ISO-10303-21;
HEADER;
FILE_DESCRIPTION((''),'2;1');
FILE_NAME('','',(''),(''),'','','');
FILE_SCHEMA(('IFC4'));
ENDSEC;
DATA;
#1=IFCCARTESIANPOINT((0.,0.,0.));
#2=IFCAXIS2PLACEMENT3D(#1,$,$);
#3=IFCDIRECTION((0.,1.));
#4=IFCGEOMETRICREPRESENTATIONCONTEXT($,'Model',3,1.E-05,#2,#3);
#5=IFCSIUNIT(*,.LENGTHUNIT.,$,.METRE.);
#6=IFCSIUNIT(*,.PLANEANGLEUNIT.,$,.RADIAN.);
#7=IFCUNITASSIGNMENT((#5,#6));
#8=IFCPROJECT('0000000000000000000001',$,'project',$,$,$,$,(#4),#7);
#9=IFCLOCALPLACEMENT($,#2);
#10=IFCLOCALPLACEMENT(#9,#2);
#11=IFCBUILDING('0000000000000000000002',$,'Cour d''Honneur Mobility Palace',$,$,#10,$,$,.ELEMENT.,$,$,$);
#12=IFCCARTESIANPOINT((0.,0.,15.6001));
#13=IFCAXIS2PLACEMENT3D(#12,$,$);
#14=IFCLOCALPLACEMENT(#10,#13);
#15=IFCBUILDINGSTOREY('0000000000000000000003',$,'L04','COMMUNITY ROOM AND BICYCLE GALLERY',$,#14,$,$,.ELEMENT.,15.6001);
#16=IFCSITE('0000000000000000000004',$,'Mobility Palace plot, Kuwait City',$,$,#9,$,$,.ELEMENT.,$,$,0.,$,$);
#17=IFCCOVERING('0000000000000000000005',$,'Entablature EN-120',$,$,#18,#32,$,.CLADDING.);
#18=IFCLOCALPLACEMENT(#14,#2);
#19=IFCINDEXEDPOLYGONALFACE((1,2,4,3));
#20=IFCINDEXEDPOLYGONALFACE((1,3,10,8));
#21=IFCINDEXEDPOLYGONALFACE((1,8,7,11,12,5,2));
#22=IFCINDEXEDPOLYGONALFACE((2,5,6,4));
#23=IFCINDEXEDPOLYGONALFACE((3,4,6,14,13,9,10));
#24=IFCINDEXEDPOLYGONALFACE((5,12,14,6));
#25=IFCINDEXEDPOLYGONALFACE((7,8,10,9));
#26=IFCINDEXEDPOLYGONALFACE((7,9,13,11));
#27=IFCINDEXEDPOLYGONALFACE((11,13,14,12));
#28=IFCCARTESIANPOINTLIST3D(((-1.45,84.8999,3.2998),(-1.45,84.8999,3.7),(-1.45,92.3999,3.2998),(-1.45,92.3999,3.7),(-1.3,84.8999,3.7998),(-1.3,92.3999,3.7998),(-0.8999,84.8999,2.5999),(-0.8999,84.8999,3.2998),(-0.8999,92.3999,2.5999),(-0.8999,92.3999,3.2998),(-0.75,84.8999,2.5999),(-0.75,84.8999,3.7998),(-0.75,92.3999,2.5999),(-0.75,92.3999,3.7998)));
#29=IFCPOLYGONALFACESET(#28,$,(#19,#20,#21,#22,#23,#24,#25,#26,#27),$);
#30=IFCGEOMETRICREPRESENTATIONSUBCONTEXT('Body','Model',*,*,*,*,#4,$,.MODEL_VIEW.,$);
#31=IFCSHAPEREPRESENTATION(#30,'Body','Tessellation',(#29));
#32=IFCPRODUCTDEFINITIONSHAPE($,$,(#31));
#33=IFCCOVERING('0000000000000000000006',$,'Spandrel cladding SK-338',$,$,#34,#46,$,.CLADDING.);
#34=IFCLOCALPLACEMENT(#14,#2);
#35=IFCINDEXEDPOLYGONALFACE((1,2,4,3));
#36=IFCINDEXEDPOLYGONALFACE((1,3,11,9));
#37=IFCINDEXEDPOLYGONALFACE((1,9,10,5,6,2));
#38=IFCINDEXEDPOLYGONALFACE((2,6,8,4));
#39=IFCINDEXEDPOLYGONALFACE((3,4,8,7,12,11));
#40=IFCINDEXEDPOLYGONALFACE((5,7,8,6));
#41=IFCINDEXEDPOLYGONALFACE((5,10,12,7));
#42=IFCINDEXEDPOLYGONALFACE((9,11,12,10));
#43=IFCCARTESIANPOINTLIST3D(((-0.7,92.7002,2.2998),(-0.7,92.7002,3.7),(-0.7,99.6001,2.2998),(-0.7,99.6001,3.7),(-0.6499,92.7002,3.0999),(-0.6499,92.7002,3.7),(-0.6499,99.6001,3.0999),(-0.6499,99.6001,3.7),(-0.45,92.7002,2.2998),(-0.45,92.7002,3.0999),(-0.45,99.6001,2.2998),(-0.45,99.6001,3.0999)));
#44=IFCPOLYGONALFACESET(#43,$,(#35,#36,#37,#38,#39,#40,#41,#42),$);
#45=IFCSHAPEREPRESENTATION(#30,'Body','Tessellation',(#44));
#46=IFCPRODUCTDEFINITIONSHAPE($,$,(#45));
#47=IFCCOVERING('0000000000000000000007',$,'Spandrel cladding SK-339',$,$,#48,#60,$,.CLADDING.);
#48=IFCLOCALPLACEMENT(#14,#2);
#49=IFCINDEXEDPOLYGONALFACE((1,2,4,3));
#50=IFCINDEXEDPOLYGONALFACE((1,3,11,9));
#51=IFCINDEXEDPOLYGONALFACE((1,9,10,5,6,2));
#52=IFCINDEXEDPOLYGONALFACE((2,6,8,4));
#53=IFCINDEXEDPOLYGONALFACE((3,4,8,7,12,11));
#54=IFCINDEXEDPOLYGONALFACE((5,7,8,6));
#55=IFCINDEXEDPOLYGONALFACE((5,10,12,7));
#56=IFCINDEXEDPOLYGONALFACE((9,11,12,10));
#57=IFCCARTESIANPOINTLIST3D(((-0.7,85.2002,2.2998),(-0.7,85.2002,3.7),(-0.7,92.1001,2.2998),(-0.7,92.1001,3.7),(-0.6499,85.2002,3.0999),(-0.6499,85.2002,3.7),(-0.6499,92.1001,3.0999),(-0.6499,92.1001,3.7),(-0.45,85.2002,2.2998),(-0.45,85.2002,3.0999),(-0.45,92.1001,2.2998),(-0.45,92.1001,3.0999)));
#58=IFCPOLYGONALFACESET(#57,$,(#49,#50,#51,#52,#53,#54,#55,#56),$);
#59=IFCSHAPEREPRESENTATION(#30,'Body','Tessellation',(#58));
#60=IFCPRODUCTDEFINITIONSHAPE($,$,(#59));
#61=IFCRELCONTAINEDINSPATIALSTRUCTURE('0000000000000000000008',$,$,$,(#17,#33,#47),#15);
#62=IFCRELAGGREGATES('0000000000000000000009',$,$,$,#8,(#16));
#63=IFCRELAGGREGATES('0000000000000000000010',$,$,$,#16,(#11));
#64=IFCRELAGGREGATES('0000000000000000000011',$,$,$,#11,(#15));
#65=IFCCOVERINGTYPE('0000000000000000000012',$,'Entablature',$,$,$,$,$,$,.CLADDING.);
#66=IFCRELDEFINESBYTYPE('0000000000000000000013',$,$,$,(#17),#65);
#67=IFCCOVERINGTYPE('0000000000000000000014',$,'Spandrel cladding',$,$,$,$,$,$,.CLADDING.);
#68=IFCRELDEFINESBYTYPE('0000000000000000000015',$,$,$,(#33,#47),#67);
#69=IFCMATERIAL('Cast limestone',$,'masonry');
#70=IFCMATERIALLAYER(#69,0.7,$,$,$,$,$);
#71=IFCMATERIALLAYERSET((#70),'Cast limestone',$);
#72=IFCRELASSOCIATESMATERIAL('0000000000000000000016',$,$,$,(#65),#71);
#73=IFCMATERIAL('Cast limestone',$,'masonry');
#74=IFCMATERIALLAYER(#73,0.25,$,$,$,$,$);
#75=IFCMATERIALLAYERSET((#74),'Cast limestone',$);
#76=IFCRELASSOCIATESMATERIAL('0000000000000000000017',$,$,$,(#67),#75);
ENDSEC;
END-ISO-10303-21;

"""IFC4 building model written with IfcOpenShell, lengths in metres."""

from ifc_helpers import new_model, si_unit, direction, frame, origin, place, context, subcontext, project, spatial, polyline, outline, extrude, material, layer, layer_set, type_object, element, save


model = new_model("IFC4")

# Units and contexts
model_context = context("Model", 3, precision=1e-05, world=origin(), true_north=direction((0.0, 1.0)))
body_context = subcontext(model_context, "Body", "Model", "MODEL_VIEW")
ifc_project = project(units=[si_unit("LENGTHUNIT", "METRE"), si_unit("PLANEANGLEUNIT", "RADIAN")], contexts=[model_context])

# Site, building, storey
site_placement = place(None, origin())
site = spatial("IfcSite", under=ifc_project, at=site_placement, Name="Mobility Palace plot, Kuwait City", CompositionType="ELEMENT", RefElevation=0.0)
building_placement = place(site_placement, origin())
building = spatial("IfcBuilding", under=site, at=building_placement, Name="Cour d'Honneur Mobility Palace", CompositionType="ELEMENT")
storey_placement = place(building_placement, frame((0.0, 0.0, 15.6001)))
storey = spatial("IfcBuildingStorey", under=building, at=storey_placement, Name="L04", Description="COMMUNITY ROOM AND BICYCLE GALLERY", CompositionType="ELEMENT", Elevation=15.6001)

# Coverings
ifc_material_1 = material(Name="Cast limestone", Category="masonry")
ifc_layer_1 = layer(ifc_material_1, 0.7)
ifc_layer_set_1 = layer_set([ifc_layer_1], Name="Cast limestone")
covering_type_1 = type_object("IfcCoveringType", Name="Entablature", PredefinedType="CLADDING", material=ifc_layer_set_1)
for number, where, z_axis, x_axis, name in (
    (1, (-0.75, 92.3999, 2.5999), (0.0, 1.0, 0.0), (-1.0, 0.0, 0.0), "Entablature EN-120"),
):
    element("IfcCovering", number, at=place(storey_placement, frame(where, z_axis=z_axis, x_axis=x_axis)), inside=storey, type_object=covering_type_1, Name=name, PredefinedType="CLADDING", context=body_context, shape_type="SweptSolid", body=[
        extrude(outline(polyline([(0.0, 0.0), (0.1499, 0.0), (0.1499, 0.7), (0.7, 0.7), (0.7, 1.1001), (0.55, 1.2), (0.0, 1.2), (0.0, 0.0)])), origin(), (0.0, 0.0, -1.0), 7.5),
    ])
ifc_material_2 = material(Name="Cast limestone", Category="masonry")
ifc_layer_2 = layer(ifc_material_2, 0.25)
ifc_layer_set_2 = layer_set([ifc_layer_2], Name="Cast limestone")
covering_type_2 = type_object("IfcCoveringType", Name="Spandrel cladding", PredefinedType="CLADDING", material=ifc_layer_set_2)
for number, where, z_axis, x_axis, name in (
    (2, (-0.45, 99.6001, 2.2998), (0.0, 1.0, 0.0), (-1.0, 0.0, 0.0), "Spandrel cladding SK-338"),
    (3, (-0.45, 92.1001, 2.2998), (0.0, 1.0, 0.0), (-1.0, 0.0, 0.0), "Spandrel cladding SK-339"),
):
    element("IfcCovering", number, at=place(storey_placement, frame(where, z_axis=z_axis, x_axis=x_axis)), inside=storey, type_object=covering_type_2, Name=name, PredefinedType="CLADDING", context=body_context, shape_type="SweptSolid", body=[
        extrude(outline(polyline([(0.0, 0.0), (0.25, 0.0), (0.25, 1.4001), (0.2, 1.4001), (0.2, 0.8), (0.0, 0.8), (0.0, 0.0)])), origin(), (0.0, 0.0, -1.0), 6.8999),
    ])

save(model, "model.ifc")
